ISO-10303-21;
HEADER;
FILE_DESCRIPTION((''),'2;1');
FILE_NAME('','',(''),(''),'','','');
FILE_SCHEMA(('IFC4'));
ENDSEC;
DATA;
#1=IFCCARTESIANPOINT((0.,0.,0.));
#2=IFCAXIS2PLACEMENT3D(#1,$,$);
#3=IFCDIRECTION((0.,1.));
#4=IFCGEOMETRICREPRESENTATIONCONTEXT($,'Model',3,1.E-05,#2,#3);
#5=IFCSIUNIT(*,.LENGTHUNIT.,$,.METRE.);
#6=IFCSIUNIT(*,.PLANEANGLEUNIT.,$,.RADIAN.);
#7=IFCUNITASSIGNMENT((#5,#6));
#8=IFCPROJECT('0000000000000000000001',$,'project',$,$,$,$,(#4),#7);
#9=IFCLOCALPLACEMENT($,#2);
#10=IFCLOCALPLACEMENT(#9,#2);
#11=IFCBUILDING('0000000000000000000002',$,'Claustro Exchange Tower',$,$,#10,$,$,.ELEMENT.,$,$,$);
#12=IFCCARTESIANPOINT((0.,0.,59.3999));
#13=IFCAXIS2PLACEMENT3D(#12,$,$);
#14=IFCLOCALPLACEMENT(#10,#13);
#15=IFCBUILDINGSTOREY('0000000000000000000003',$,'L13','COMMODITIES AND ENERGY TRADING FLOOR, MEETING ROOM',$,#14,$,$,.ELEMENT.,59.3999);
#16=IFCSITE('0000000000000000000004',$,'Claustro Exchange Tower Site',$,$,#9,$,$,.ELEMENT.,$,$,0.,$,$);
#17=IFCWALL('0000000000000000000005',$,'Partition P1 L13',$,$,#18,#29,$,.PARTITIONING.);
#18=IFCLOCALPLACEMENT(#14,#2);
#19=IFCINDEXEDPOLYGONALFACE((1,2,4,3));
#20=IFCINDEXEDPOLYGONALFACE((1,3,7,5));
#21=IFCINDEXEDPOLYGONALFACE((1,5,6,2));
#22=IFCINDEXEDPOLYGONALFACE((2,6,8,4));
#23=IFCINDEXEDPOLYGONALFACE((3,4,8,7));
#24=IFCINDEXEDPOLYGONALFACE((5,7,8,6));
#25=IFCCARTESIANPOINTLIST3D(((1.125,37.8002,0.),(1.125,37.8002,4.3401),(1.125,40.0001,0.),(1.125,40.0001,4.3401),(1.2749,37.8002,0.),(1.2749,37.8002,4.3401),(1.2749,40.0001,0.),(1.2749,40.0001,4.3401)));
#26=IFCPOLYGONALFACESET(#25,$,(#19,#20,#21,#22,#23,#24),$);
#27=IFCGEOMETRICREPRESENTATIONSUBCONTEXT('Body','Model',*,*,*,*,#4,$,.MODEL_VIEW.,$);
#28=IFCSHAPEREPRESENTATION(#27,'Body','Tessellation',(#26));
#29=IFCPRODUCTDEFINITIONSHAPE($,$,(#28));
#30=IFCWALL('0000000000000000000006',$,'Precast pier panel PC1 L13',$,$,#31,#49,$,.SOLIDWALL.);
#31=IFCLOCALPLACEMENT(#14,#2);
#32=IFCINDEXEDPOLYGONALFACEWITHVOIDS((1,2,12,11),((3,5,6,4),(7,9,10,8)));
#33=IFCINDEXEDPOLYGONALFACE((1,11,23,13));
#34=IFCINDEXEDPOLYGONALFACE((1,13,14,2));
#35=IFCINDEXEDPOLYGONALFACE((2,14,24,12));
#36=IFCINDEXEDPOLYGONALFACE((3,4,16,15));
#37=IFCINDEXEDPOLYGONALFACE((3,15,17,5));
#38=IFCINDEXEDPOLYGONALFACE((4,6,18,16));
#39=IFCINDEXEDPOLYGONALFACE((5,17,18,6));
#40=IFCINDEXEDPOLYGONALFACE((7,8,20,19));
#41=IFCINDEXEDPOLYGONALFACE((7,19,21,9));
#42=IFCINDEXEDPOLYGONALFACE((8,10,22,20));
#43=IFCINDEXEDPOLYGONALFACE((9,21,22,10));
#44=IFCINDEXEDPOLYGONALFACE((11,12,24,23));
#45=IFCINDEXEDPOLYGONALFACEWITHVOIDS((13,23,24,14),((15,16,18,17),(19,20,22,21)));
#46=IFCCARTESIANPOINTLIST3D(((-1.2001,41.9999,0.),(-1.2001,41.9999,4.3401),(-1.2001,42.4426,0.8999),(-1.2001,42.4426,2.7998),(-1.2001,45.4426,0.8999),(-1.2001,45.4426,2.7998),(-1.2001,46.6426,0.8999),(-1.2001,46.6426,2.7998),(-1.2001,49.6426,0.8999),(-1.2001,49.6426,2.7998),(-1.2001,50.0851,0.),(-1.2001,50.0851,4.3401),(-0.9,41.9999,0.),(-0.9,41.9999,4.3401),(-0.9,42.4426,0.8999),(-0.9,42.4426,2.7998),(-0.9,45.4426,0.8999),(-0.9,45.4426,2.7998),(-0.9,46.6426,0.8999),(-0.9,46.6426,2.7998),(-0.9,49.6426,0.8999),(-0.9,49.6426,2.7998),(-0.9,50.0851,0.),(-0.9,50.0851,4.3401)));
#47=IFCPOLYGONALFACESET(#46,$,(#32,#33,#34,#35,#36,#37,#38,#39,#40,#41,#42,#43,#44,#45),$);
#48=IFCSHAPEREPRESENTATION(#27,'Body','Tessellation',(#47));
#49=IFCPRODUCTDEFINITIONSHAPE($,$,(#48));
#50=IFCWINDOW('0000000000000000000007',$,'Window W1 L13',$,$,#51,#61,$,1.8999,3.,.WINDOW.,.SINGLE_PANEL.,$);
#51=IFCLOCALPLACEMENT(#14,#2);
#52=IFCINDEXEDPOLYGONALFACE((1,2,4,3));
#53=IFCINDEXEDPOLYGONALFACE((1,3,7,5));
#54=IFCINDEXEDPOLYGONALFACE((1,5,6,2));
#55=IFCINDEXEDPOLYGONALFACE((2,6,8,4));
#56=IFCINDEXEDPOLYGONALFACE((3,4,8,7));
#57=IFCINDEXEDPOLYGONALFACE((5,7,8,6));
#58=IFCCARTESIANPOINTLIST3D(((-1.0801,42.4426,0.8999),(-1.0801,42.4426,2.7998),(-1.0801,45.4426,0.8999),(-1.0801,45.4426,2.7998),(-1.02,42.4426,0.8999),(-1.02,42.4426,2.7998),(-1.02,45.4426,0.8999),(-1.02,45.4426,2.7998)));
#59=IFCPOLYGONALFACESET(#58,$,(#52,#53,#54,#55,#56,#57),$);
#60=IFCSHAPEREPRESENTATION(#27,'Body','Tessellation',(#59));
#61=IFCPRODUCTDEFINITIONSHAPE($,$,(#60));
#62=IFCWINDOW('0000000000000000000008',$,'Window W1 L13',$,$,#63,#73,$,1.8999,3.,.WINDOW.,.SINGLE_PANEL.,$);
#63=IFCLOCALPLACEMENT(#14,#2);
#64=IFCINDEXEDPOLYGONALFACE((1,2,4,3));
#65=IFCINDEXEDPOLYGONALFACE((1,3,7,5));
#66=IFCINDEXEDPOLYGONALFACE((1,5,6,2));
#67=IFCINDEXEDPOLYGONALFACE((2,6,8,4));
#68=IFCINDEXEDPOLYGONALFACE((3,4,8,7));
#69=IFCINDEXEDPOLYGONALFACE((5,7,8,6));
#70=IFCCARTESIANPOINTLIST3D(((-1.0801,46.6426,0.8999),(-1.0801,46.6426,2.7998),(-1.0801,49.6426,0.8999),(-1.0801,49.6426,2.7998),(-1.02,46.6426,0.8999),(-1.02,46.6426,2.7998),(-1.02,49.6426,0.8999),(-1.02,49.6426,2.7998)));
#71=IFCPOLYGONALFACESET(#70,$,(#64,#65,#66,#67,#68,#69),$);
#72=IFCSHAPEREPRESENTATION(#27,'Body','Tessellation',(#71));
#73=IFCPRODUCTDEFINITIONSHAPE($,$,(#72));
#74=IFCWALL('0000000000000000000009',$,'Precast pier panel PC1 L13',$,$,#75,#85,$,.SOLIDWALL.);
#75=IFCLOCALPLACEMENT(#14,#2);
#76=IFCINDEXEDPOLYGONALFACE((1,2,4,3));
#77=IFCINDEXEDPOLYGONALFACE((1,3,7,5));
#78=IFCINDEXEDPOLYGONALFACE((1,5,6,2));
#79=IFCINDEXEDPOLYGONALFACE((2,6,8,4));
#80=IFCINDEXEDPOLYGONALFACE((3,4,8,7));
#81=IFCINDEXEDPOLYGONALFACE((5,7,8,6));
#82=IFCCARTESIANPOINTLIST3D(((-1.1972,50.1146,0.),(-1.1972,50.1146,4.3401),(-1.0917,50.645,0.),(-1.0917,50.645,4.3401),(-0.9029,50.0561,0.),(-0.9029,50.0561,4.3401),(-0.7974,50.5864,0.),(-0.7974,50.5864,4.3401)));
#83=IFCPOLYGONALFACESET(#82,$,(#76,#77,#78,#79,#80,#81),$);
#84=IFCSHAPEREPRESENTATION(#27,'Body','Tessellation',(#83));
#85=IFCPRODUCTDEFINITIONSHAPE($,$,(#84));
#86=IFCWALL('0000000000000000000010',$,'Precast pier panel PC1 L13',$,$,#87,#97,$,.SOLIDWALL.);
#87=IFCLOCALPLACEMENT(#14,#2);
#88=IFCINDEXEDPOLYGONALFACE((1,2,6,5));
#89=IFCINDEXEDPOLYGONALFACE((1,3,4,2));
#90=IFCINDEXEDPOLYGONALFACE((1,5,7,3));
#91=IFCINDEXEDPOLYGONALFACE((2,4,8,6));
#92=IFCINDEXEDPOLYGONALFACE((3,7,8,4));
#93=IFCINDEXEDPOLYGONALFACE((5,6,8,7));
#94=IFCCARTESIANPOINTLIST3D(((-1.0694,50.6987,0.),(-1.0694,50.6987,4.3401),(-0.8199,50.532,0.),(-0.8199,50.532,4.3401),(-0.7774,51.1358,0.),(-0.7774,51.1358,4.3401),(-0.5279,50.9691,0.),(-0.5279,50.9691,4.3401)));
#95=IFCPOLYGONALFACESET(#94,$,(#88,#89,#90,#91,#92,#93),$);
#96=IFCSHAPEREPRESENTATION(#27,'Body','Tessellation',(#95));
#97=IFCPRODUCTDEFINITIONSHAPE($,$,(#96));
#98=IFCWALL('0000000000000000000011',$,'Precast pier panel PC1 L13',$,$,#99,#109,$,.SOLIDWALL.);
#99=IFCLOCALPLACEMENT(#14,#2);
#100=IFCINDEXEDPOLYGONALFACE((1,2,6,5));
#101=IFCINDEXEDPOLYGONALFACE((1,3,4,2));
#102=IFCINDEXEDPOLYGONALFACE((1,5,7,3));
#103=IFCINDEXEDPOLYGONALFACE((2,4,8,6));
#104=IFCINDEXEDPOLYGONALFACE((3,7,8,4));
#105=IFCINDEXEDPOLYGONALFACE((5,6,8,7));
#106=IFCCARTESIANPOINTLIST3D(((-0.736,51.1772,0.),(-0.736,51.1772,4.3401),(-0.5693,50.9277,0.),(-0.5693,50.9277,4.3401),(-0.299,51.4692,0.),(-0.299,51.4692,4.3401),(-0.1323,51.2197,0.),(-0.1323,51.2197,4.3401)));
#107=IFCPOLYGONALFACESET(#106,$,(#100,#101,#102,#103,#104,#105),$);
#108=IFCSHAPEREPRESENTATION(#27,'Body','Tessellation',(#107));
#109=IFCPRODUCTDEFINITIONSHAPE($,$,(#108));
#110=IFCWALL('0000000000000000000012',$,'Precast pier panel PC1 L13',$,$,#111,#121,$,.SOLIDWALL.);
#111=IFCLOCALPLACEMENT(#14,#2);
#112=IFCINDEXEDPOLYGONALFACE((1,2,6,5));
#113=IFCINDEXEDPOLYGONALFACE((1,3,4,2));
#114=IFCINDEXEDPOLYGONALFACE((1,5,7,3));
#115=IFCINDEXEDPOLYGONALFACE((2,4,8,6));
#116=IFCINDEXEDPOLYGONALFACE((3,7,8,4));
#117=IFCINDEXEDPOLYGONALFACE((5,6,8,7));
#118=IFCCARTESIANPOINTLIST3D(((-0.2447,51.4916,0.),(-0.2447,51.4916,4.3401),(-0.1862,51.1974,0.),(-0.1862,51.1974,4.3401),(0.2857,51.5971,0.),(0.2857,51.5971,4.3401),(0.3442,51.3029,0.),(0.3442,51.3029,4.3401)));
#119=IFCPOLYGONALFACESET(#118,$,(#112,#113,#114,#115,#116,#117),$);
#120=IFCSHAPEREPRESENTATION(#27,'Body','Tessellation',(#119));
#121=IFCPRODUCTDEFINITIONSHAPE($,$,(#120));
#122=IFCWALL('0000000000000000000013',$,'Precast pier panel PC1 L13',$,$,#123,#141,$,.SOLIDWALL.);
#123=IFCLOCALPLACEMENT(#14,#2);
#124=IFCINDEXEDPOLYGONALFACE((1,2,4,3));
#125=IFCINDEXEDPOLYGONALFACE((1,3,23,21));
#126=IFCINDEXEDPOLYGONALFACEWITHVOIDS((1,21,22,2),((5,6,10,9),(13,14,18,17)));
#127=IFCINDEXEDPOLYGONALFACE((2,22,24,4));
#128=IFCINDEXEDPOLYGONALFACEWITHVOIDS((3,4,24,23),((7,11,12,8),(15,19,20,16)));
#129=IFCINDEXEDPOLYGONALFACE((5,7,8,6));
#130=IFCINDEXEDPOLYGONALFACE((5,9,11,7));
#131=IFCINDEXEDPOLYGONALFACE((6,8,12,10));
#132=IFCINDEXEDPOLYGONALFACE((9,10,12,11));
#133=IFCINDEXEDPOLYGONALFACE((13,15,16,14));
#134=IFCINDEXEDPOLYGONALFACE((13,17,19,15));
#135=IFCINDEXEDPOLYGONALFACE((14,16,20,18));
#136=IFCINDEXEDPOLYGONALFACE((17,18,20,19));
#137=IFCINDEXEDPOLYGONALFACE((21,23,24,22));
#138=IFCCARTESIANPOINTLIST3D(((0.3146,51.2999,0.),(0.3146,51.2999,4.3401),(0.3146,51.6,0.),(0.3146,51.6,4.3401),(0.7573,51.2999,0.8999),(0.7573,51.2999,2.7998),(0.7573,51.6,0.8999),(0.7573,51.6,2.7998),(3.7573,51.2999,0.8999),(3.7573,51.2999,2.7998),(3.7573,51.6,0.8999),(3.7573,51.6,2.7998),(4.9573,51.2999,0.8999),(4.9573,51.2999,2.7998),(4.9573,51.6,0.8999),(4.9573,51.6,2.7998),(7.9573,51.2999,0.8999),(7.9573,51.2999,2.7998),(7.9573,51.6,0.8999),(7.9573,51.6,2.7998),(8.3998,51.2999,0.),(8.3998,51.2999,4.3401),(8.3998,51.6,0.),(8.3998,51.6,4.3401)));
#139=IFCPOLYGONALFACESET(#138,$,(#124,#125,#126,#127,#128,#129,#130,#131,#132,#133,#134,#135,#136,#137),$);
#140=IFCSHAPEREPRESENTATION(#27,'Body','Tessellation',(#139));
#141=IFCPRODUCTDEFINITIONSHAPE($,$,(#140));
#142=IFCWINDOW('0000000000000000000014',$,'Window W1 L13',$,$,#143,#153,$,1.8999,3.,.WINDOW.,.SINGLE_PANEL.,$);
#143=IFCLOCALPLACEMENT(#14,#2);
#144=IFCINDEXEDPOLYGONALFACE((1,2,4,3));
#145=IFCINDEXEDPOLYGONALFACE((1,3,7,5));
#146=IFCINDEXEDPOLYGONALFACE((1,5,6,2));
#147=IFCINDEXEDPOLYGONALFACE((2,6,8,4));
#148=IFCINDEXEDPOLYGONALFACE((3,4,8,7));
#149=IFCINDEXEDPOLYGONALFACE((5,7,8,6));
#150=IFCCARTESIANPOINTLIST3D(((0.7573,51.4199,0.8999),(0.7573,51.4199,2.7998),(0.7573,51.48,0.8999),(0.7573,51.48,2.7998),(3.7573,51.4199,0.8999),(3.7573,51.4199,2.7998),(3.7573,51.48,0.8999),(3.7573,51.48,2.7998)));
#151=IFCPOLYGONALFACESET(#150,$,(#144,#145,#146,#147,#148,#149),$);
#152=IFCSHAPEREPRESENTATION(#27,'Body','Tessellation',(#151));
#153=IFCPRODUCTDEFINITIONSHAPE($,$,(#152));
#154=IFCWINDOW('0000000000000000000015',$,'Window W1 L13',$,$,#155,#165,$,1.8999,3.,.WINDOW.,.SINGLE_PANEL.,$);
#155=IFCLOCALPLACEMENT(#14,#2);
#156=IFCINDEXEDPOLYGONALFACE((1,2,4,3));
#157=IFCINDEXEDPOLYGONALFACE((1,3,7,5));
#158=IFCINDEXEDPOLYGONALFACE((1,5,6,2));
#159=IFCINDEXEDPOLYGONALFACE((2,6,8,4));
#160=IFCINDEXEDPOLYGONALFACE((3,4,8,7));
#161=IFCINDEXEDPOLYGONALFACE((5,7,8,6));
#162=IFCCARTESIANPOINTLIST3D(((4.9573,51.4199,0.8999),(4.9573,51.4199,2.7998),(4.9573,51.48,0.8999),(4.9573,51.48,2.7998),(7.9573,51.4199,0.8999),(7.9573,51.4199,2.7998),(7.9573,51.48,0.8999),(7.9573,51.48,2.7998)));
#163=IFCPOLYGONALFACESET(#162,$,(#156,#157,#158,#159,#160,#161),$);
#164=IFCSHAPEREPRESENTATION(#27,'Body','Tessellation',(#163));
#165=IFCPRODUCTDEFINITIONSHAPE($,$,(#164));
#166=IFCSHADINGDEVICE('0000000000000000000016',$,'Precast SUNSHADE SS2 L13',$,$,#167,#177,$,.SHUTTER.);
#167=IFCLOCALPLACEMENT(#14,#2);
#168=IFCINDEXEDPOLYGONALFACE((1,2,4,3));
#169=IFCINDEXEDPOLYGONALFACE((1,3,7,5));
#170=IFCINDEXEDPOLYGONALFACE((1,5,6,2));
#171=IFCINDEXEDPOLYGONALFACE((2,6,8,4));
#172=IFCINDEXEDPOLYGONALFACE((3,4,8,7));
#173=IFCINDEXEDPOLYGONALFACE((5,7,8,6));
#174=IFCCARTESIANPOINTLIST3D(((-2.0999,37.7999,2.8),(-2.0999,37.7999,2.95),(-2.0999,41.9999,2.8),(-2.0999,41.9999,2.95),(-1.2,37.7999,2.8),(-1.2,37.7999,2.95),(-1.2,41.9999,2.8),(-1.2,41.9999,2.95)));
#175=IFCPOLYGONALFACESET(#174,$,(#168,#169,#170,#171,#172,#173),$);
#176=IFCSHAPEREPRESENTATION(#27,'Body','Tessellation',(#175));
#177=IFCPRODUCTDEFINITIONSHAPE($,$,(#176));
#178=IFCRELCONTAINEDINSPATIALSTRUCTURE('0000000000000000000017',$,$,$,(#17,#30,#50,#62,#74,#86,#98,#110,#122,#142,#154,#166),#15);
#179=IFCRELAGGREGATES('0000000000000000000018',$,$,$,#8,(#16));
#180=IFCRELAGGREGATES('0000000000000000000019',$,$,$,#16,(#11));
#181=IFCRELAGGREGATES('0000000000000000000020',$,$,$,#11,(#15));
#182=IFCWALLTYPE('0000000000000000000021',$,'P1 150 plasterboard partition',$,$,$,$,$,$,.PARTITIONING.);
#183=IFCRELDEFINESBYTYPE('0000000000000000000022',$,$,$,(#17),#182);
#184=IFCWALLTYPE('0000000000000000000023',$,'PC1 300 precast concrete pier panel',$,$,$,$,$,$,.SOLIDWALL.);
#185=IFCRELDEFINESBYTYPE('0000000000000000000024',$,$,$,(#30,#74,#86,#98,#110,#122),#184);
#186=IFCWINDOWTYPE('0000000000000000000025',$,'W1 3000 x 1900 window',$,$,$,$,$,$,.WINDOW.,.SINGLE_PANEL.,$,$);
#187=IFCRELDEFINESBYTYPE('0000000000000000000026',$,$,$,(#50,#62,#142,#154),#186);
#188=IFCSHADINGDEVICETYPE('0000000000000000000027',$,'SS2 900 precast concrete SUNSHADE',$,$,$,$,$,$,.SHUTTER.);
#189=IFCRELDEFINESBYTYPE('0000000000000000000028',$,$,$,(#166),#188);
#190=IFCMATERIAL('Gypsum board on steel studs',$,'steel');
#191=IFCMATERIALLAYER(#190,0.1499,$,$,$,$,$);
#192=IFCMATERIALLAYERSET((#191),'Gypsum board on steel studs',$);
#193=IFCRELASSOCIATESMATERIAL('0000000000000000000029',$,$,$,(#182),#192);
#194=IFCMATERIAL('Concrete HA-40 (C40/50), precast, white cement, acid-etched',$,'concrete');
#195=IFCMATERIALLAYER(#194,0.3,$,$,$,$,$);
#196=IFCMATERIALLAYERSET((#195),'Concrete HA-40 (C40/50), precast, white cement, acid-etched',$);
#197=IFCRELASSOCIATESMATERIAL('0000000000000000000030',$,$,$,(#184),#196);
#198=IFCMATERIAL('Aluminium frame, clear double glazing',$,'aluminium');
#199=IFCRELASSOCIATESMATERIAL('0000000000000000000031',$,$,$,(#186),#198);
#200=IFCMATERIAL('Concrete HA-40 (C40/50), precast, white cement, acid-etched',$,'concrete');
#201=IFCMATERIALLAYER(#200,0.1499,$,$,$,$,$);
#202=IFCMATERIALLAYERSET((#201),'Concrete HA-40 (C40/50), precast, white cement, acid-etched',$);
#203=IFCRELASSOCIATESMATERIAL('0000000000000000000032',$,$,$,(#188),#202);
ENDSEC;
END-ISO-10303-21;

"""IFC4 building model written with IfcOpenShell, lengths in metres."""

from ifc_helpers import new_model, si_unit, direction, frame, frame_2d, origin, origin_2d, place, context, subcontext, project, spatial, rectangle, extrude, material, layer, layer_set, type_object, element, fill, save


model = new_model("IFC4")

# Units and contexts
model_context = context("Model", 3, precision=1e-05, world=origin(), true_north=direction((0.0, 1.0)))
body_context = subcontext(model_context, "Body", "Model", "MODEL_VIEW")
ifc_project = project(units=[si_unit("LENGTHUNIT", "METRE"), si_unit("PLANEANGLEUNIT", "RADIAN")], contexts=[model_context])

# Site, building, storey
site_placement = place(None, origin())
site = spatial("IfcSite", under=ifc_project, at=site_placement, Name="Claustro Exchange Tower Site", CompositionType="ELEMENT", RefElevation=0.0)
building_placement = place(site_placement, origin())
building = spatial("IfcBuilding", under=site, at=building_placement, Name="Claustro Exchange Tower", CompositionType="ELEMENT")
storey_placement = place(building_placement, frame((0.0, 0.0, 59.3999)))
storey = spatial("IfcBuildingStorey", under=building, at=storey_placement, Name="L13", Description="COMMODITIES AND ENERGY TRADING FLOOR, MEETING ROOM", CompositionType="ELEMENT", Elevation=59.3999)

# Shared definitions
ifc_material_1 = material(Name="Gypsum board on steel studs", Category="steel")
ifc_layer_1 = layer(ifc_material_1, 0.1499)
ifc_layer_set_1 = layer_set([ifc_layer_1], Name="Gypsum board on steel studs")
wall_type_1 = type_object("IfcWallType", Name="P1 150 plasterboard partition", PredefinedType="PARTITIONING", material=ifc_layer_set_1)

# Wall
wall_1_placement = place(storey_placement, frame((1.2, 37.8, 0.0), z_axis=(0.0, 0.0, 1.0), x_axis=(0.0, 1.0, 0.0)))
element("IfcWall", 1, at=wall_1_placement, inside=storey, type_object=wall_type_1, Name="Partition P1 L13", PredefinedType="PARTITIONING", context=body_context, shape_type="SweptSolid", body=[
    extrude(rectangle(XDim=2.2, YDim=0.1499, at=frame_2d((1.1001, 0.0))), origin(), (0.0, 0.0, 1.0), 4.3401),
])

# Wall, openings, windows
ifc_material_2 = material(Name="Concrete HA-40 (C40/50), precast, white cement, acid-etched", Category="concrete")
ifc_layer_2 = layer(ifc_material_2, 0.3)
ifc_layer_set_2 = layer_set([ifc_layer_2], Name="Concrete HA-40 (C40/50), precast, white cement, acid-etched")
wall_type_2 = type_object("IfcWallType", Name="PC1 300 precast concrete pier panel", PredefinedType="SOLIDWALL", material=ifc_layer_set_2)
wall_2_placement = place(storey_placement, frame((-1.05, 42.0, 0.0), z_axis=(0.0, 0.0, 1.0), x_axis=(0.0, 1.0, 0.0)))
wall_2 = element("IfcWall", 2, at=wall_2_placement, inside=storey, type_object=wall_type_2, Name="Precast pier panel PC1 L13", PredefinedType="SOLIDWALL", context=body_context, shape_type="SweptSolid", body=[
    extrude(rectangle(XDim=8.0852, YDim=0.3, at=frame_2d((4.0425, 0.0))), origin(), (0.0, 0.0, 1.0), 4.3401),
])
opening_1_placement = place(wall_2_placement, frame((0.4426, 0.0, 0.8999)))
opening_1 = element("IfcOpeningElement", 3, at=opening_1_placement, cuts=wall_2, PredefinedType="OPENING", context=body_context, shape_type="SweptSolid", body=[
    extrude(rectangle(XDim=3.0, YDim=1.8999, at=frame_2d((1.5, 0.95))), frame((0.0, 0.1599, 0.0), z_axis=(0.0, -1.0, 0.0), x_axis=(1.0, 0.0, 0.0)), (0.0, 0.0, 1.0), 0.3201),
])
opening_2_placement = place(wall_2_placement, frame((4.6426, 0.0, 0.8999)))
opening_2 = element("IfcOpeningElement", 4, at=opening_2_placement, cuts=wall_2, PredefinedType="OPENING", context=body_context, shape_type="SweptSolid", body=[
    extrude(rectangle(XDim=3.0, YDim=1.8999, at=frame_2d((1.5, 0.95))), frame((0.0, 0.1599, 0.0), z_axis=(0.0, -1.0, 0.0), x_axis=(1.0, 0.0, 0.0)), (0.0, 0.0, 1.0), 0.3201),
])
ifc_material_3 = material(Name="Aluminium frame, clear double glazing", Category="aluminium")
window_type = type_object("IfcWindowType", Name="W1 3000 x 1900 window", PartitioningType="SINGLE_PANEL", PredefinedType="WINDOW", material=ifc_material_3)
window_1_placement = place(opening_1_placement, origin())
window_1 = element("IfcWindow", 5, at=window_1_placement, inside=storey, type_object=window_type, Name="Window W1 L13", OverallHeight=1.8999, OverallWidth=3.0, PartitioningType="SINGLE_PANEL", PredefinedType="WINDOW", context=body_context, shape_type="SweptSolid", body=[
    extrude(rectangle(XDim=3.0, YDim=1.8999, at=frame_2d((1.5, 0.95))), frame((0.0, 0.03, 0.0), z_axis=(0.0, -1.0, 0.0), x_axis=(1.0, 0.0, 0.0)), (0.0, 0.0, 1.0), 0.0601),
])
fill(opening_1, window_1)
window_2_placement = place(opening_2_placement, origin())
window_2 = element("IfcWindow", 6, at=window_2_placement, inside=storey, type_object=window_type, Name="Window W1 L13", OverallHeight=1.8999, OverallWidth=3.0, PartitioningType="SINGLE_PANEL", PredefinedType="WINDOW", context=body_context, shape_type="SweptSolid", body=[
    extrude(rectangle(XDim=3.0, YDim=1.8999, at=frame_2d((1.5, 0.95))), frame((0.0, 0.03, 0.0), z_axis=(0.0, -1.0, 0.0), x_axis=(1.0, 0.0, 0.0)), (0.0, 0.0, 1.0), 0.0601),
])
fill(opening_2, window_2)

# Walls
wall_3_placement = place(storey_placement, frame((-1.05, 50.0852, 0.0), z_axis=(0.0, 0.0, 1.0), x_axis=(0.195074, 0.980789, 0.0)))
element("IfcWall", 7, at=wall_3_placement, inside=storey, type_object=wall_type_2, Name="Precast pier panel PC1 L13", PredefinedType="SOLIDWALL", context=body_context, shape_type="SweptSolid", body=[
    extrude(rectangle(XDim=0.5408, YDim=0.3, at=frame_2d((0.2705, 0.0))), origin(), (0.0, 0.0, 1.0), 4.3401),
])
for number, where, z_axis, x_axis, name in (
    (8, (-0.9446, 50.6155, 0.0), (0.0, 0.0, 1.0), (0.555557, 0.831478, 0.0), "Precast pier panel PC1 L13"),
    (9, (-0.6526, 51.0525, 0.0), (0.0, 0.0, 1.0), (0.831478, 0.555557, 0.0), "Precast pier panel PC1 L13"),
):
    element("IfcWall", number, at=place(storey_placement, frame(where, z_axis=z_axis, x_axis=x_axis)), inside=storey, type_object=wall_type_2, Name=name, PredefinedType="SOLIDWALL", context=body_context, shape_type="SweptSolid", body=[
        extrude(rectangle(XDim=0.5256, YDim=0.3, at=frame_2d((0.2627, 0.0))), origin(), (0.0, 0.0, 1.0), 4.3401),
    ])
wall_4_placement = place(storey_placement, frame((-0.2156, 51.3445, 0.0), z_axis=(0.0, 0.0, 1.0), x_axis=(0.980789, 0.195074, 0.0)))
element("IfcWall", 10, at=wall_4_placement, inside=storey, type_object=wall_type_2, Name="Precast pier panel PC1 L13", PredefinedType="SOLIDWALL", context=body_context, shape_type="SweptSolid", body=[
    extrude(rectangle(XDim=0.5408, YDim=0.3, at=frame_2d((0.2705, 0.0))), origin(), (0.0, 0.0, 1.0), 4.3401),
])

# Wall, openings, windows
wall_5_placement = place(storey_placement, frame((0.3147, 51.45, 0.0), z_axis=(0.0, 0.0, 1.0), x_axis=(1.0, 0.0, 0.0)))
wall_5 = element("IfcWall", 11, at=wall_5_placement, inside=storey, type_object=wall_type_2, Name="Precast pier panel PC1 L13", PredefinedType="SOLIDWALL", context=body_context, shape_type="SweptSolid", body=[
    extrude(rectangle(XDim=8.0852, YDim=0.3, at=frame_2d((4.0425, 0.0))), origin(), (0.0, 0.0, 1.0), 4.3401),
])
opening_3_placement = place(wall_5_placement, frame((0.4426, 0.0, 0.8999)))
opening_3 = element("IfcOpeningElement", 12, at=opening_3_placement, cuts=wall_5, PredefinedType="OPENING", context=body_context, shape_type="SweptSolid", body=[
    extrude(rectangle(XDim=3.0, YDim=1.8999, at=frame_2d((1.5, 0.95))), frame((0.0, 0.1599, 0.0), z_axis=(0.0, -1.0, 0.0), x_axis=(1.0, 0.0, 0.0)), (0.0, 0.0, 1.0), 0.3201),
])
opening_4_placement = place(wall_5_placement, frame((4.6426, 0.0, 0.8999)))
opening_4 = element("IfcOpeningElement", 13, at=opening_4_placement, cuts=wall_5, PredefinedType="OPENING", context=body_context, shape_type="SweptSolid", body=[
    extrude(rectangle(XDim=3.0, YDim=1.8999, at=frame_2d((1.5, 0.95))), frame((0.0, 0.1599, 0.0), z_axis=(0.0, -1.0, 0.0), x_axis=(1.0, 0.0, 0.0)), (0.0, 0.0, 1.0), 0.3201),
])
window_3_placement = place(opening_3_placement, origin())
window_3 = element("IfcWindow", 14, at=window_3_placement, inside=storey, type_object=window_type, Name="Window W1 L13", OverallHeight=1.8999, OverallWidth=3.0, PartitioningType="SINGLE_PANEL", PredefinedType="WINDOW", context=body_context, shape_type="SweptSolid", body=[
    extrude(rectangle(XDim=3.0, YDim=1.8999, at=frame_2d((1.5, 0.95))), frame((0.0, 0.03, 0.0), z_axis=(0.0, -1.0, 0.0), x_axis=(1.0, 0.0, 0.0)), (0.0, 0.0, 1.0), 0.0601),
])
fill(opening_3, window_3)
window_4_placement = place(opening_4_placement, origin())
window_4 = element("IfcWindow", 15, at=window_4_placement, inside=storey, type_object=window_type, Name="Window W1 L13", OverallHeight=1.8999, OverallWidth=3.0, PartitioningType="SINGLE_PANEL", PredefinedType="WINDOW", context=body_context, shape_type="SweptSolid", body=[
    extrude(rectangle(XDim=3.0, YDim=1.8999, at=frame_2d((1.5, 0.95))), frame((0.0, 0.03, 0.0), z_axis=(0.0, -1.0, 0.0), x_axis=(1.0, 0.0, 0.0)), (0.0, 0.0, 1.0), 0.0601),
])
fill(opening_4, window_4)

# Shading device
ifc_material_4 = material(Name="Concrete HA-40 (C40/50), precast, white cement, acid-etched", Category="concrete")
ifc_layer_3 = layer(ifc_material_4, 0.1499)
ifc_layer_set_3 = layer_set([ifc_layer_3], Name="Concrete HA-40 (C40/50), precast, white cement, acid-etched")
shading_device_type = type_object("IfcShadingDeviceType", Name="SS2 900 precast concrete SUNSHADE", PredefinedType="SHUTTER", material=ifc_layer_set_3)
shading_device_1_placement = place(storey_placement, frame((-1.6499, 39.8999, 2.8), z_axis=(0.0, 0.0, 1.0), x_axis=(0.0, 1.0, 0.0)))
element("IfcShadingDevice", 16, at=shading_device_1_placement, inside=storey, type_object=shading_device_type, Name="Precast SUNSHADE SS2 L13", PredefinedType="SHUTTER", context=body_context, shape_type="SweptSolid", body=[
    extrude(rectangle(XDim=4.2, YDim=0.8999, at=origin_2d()), origin(), (0.0, 0.0, 1.0), 0.1499),
])

save(model, "model.ifc")
